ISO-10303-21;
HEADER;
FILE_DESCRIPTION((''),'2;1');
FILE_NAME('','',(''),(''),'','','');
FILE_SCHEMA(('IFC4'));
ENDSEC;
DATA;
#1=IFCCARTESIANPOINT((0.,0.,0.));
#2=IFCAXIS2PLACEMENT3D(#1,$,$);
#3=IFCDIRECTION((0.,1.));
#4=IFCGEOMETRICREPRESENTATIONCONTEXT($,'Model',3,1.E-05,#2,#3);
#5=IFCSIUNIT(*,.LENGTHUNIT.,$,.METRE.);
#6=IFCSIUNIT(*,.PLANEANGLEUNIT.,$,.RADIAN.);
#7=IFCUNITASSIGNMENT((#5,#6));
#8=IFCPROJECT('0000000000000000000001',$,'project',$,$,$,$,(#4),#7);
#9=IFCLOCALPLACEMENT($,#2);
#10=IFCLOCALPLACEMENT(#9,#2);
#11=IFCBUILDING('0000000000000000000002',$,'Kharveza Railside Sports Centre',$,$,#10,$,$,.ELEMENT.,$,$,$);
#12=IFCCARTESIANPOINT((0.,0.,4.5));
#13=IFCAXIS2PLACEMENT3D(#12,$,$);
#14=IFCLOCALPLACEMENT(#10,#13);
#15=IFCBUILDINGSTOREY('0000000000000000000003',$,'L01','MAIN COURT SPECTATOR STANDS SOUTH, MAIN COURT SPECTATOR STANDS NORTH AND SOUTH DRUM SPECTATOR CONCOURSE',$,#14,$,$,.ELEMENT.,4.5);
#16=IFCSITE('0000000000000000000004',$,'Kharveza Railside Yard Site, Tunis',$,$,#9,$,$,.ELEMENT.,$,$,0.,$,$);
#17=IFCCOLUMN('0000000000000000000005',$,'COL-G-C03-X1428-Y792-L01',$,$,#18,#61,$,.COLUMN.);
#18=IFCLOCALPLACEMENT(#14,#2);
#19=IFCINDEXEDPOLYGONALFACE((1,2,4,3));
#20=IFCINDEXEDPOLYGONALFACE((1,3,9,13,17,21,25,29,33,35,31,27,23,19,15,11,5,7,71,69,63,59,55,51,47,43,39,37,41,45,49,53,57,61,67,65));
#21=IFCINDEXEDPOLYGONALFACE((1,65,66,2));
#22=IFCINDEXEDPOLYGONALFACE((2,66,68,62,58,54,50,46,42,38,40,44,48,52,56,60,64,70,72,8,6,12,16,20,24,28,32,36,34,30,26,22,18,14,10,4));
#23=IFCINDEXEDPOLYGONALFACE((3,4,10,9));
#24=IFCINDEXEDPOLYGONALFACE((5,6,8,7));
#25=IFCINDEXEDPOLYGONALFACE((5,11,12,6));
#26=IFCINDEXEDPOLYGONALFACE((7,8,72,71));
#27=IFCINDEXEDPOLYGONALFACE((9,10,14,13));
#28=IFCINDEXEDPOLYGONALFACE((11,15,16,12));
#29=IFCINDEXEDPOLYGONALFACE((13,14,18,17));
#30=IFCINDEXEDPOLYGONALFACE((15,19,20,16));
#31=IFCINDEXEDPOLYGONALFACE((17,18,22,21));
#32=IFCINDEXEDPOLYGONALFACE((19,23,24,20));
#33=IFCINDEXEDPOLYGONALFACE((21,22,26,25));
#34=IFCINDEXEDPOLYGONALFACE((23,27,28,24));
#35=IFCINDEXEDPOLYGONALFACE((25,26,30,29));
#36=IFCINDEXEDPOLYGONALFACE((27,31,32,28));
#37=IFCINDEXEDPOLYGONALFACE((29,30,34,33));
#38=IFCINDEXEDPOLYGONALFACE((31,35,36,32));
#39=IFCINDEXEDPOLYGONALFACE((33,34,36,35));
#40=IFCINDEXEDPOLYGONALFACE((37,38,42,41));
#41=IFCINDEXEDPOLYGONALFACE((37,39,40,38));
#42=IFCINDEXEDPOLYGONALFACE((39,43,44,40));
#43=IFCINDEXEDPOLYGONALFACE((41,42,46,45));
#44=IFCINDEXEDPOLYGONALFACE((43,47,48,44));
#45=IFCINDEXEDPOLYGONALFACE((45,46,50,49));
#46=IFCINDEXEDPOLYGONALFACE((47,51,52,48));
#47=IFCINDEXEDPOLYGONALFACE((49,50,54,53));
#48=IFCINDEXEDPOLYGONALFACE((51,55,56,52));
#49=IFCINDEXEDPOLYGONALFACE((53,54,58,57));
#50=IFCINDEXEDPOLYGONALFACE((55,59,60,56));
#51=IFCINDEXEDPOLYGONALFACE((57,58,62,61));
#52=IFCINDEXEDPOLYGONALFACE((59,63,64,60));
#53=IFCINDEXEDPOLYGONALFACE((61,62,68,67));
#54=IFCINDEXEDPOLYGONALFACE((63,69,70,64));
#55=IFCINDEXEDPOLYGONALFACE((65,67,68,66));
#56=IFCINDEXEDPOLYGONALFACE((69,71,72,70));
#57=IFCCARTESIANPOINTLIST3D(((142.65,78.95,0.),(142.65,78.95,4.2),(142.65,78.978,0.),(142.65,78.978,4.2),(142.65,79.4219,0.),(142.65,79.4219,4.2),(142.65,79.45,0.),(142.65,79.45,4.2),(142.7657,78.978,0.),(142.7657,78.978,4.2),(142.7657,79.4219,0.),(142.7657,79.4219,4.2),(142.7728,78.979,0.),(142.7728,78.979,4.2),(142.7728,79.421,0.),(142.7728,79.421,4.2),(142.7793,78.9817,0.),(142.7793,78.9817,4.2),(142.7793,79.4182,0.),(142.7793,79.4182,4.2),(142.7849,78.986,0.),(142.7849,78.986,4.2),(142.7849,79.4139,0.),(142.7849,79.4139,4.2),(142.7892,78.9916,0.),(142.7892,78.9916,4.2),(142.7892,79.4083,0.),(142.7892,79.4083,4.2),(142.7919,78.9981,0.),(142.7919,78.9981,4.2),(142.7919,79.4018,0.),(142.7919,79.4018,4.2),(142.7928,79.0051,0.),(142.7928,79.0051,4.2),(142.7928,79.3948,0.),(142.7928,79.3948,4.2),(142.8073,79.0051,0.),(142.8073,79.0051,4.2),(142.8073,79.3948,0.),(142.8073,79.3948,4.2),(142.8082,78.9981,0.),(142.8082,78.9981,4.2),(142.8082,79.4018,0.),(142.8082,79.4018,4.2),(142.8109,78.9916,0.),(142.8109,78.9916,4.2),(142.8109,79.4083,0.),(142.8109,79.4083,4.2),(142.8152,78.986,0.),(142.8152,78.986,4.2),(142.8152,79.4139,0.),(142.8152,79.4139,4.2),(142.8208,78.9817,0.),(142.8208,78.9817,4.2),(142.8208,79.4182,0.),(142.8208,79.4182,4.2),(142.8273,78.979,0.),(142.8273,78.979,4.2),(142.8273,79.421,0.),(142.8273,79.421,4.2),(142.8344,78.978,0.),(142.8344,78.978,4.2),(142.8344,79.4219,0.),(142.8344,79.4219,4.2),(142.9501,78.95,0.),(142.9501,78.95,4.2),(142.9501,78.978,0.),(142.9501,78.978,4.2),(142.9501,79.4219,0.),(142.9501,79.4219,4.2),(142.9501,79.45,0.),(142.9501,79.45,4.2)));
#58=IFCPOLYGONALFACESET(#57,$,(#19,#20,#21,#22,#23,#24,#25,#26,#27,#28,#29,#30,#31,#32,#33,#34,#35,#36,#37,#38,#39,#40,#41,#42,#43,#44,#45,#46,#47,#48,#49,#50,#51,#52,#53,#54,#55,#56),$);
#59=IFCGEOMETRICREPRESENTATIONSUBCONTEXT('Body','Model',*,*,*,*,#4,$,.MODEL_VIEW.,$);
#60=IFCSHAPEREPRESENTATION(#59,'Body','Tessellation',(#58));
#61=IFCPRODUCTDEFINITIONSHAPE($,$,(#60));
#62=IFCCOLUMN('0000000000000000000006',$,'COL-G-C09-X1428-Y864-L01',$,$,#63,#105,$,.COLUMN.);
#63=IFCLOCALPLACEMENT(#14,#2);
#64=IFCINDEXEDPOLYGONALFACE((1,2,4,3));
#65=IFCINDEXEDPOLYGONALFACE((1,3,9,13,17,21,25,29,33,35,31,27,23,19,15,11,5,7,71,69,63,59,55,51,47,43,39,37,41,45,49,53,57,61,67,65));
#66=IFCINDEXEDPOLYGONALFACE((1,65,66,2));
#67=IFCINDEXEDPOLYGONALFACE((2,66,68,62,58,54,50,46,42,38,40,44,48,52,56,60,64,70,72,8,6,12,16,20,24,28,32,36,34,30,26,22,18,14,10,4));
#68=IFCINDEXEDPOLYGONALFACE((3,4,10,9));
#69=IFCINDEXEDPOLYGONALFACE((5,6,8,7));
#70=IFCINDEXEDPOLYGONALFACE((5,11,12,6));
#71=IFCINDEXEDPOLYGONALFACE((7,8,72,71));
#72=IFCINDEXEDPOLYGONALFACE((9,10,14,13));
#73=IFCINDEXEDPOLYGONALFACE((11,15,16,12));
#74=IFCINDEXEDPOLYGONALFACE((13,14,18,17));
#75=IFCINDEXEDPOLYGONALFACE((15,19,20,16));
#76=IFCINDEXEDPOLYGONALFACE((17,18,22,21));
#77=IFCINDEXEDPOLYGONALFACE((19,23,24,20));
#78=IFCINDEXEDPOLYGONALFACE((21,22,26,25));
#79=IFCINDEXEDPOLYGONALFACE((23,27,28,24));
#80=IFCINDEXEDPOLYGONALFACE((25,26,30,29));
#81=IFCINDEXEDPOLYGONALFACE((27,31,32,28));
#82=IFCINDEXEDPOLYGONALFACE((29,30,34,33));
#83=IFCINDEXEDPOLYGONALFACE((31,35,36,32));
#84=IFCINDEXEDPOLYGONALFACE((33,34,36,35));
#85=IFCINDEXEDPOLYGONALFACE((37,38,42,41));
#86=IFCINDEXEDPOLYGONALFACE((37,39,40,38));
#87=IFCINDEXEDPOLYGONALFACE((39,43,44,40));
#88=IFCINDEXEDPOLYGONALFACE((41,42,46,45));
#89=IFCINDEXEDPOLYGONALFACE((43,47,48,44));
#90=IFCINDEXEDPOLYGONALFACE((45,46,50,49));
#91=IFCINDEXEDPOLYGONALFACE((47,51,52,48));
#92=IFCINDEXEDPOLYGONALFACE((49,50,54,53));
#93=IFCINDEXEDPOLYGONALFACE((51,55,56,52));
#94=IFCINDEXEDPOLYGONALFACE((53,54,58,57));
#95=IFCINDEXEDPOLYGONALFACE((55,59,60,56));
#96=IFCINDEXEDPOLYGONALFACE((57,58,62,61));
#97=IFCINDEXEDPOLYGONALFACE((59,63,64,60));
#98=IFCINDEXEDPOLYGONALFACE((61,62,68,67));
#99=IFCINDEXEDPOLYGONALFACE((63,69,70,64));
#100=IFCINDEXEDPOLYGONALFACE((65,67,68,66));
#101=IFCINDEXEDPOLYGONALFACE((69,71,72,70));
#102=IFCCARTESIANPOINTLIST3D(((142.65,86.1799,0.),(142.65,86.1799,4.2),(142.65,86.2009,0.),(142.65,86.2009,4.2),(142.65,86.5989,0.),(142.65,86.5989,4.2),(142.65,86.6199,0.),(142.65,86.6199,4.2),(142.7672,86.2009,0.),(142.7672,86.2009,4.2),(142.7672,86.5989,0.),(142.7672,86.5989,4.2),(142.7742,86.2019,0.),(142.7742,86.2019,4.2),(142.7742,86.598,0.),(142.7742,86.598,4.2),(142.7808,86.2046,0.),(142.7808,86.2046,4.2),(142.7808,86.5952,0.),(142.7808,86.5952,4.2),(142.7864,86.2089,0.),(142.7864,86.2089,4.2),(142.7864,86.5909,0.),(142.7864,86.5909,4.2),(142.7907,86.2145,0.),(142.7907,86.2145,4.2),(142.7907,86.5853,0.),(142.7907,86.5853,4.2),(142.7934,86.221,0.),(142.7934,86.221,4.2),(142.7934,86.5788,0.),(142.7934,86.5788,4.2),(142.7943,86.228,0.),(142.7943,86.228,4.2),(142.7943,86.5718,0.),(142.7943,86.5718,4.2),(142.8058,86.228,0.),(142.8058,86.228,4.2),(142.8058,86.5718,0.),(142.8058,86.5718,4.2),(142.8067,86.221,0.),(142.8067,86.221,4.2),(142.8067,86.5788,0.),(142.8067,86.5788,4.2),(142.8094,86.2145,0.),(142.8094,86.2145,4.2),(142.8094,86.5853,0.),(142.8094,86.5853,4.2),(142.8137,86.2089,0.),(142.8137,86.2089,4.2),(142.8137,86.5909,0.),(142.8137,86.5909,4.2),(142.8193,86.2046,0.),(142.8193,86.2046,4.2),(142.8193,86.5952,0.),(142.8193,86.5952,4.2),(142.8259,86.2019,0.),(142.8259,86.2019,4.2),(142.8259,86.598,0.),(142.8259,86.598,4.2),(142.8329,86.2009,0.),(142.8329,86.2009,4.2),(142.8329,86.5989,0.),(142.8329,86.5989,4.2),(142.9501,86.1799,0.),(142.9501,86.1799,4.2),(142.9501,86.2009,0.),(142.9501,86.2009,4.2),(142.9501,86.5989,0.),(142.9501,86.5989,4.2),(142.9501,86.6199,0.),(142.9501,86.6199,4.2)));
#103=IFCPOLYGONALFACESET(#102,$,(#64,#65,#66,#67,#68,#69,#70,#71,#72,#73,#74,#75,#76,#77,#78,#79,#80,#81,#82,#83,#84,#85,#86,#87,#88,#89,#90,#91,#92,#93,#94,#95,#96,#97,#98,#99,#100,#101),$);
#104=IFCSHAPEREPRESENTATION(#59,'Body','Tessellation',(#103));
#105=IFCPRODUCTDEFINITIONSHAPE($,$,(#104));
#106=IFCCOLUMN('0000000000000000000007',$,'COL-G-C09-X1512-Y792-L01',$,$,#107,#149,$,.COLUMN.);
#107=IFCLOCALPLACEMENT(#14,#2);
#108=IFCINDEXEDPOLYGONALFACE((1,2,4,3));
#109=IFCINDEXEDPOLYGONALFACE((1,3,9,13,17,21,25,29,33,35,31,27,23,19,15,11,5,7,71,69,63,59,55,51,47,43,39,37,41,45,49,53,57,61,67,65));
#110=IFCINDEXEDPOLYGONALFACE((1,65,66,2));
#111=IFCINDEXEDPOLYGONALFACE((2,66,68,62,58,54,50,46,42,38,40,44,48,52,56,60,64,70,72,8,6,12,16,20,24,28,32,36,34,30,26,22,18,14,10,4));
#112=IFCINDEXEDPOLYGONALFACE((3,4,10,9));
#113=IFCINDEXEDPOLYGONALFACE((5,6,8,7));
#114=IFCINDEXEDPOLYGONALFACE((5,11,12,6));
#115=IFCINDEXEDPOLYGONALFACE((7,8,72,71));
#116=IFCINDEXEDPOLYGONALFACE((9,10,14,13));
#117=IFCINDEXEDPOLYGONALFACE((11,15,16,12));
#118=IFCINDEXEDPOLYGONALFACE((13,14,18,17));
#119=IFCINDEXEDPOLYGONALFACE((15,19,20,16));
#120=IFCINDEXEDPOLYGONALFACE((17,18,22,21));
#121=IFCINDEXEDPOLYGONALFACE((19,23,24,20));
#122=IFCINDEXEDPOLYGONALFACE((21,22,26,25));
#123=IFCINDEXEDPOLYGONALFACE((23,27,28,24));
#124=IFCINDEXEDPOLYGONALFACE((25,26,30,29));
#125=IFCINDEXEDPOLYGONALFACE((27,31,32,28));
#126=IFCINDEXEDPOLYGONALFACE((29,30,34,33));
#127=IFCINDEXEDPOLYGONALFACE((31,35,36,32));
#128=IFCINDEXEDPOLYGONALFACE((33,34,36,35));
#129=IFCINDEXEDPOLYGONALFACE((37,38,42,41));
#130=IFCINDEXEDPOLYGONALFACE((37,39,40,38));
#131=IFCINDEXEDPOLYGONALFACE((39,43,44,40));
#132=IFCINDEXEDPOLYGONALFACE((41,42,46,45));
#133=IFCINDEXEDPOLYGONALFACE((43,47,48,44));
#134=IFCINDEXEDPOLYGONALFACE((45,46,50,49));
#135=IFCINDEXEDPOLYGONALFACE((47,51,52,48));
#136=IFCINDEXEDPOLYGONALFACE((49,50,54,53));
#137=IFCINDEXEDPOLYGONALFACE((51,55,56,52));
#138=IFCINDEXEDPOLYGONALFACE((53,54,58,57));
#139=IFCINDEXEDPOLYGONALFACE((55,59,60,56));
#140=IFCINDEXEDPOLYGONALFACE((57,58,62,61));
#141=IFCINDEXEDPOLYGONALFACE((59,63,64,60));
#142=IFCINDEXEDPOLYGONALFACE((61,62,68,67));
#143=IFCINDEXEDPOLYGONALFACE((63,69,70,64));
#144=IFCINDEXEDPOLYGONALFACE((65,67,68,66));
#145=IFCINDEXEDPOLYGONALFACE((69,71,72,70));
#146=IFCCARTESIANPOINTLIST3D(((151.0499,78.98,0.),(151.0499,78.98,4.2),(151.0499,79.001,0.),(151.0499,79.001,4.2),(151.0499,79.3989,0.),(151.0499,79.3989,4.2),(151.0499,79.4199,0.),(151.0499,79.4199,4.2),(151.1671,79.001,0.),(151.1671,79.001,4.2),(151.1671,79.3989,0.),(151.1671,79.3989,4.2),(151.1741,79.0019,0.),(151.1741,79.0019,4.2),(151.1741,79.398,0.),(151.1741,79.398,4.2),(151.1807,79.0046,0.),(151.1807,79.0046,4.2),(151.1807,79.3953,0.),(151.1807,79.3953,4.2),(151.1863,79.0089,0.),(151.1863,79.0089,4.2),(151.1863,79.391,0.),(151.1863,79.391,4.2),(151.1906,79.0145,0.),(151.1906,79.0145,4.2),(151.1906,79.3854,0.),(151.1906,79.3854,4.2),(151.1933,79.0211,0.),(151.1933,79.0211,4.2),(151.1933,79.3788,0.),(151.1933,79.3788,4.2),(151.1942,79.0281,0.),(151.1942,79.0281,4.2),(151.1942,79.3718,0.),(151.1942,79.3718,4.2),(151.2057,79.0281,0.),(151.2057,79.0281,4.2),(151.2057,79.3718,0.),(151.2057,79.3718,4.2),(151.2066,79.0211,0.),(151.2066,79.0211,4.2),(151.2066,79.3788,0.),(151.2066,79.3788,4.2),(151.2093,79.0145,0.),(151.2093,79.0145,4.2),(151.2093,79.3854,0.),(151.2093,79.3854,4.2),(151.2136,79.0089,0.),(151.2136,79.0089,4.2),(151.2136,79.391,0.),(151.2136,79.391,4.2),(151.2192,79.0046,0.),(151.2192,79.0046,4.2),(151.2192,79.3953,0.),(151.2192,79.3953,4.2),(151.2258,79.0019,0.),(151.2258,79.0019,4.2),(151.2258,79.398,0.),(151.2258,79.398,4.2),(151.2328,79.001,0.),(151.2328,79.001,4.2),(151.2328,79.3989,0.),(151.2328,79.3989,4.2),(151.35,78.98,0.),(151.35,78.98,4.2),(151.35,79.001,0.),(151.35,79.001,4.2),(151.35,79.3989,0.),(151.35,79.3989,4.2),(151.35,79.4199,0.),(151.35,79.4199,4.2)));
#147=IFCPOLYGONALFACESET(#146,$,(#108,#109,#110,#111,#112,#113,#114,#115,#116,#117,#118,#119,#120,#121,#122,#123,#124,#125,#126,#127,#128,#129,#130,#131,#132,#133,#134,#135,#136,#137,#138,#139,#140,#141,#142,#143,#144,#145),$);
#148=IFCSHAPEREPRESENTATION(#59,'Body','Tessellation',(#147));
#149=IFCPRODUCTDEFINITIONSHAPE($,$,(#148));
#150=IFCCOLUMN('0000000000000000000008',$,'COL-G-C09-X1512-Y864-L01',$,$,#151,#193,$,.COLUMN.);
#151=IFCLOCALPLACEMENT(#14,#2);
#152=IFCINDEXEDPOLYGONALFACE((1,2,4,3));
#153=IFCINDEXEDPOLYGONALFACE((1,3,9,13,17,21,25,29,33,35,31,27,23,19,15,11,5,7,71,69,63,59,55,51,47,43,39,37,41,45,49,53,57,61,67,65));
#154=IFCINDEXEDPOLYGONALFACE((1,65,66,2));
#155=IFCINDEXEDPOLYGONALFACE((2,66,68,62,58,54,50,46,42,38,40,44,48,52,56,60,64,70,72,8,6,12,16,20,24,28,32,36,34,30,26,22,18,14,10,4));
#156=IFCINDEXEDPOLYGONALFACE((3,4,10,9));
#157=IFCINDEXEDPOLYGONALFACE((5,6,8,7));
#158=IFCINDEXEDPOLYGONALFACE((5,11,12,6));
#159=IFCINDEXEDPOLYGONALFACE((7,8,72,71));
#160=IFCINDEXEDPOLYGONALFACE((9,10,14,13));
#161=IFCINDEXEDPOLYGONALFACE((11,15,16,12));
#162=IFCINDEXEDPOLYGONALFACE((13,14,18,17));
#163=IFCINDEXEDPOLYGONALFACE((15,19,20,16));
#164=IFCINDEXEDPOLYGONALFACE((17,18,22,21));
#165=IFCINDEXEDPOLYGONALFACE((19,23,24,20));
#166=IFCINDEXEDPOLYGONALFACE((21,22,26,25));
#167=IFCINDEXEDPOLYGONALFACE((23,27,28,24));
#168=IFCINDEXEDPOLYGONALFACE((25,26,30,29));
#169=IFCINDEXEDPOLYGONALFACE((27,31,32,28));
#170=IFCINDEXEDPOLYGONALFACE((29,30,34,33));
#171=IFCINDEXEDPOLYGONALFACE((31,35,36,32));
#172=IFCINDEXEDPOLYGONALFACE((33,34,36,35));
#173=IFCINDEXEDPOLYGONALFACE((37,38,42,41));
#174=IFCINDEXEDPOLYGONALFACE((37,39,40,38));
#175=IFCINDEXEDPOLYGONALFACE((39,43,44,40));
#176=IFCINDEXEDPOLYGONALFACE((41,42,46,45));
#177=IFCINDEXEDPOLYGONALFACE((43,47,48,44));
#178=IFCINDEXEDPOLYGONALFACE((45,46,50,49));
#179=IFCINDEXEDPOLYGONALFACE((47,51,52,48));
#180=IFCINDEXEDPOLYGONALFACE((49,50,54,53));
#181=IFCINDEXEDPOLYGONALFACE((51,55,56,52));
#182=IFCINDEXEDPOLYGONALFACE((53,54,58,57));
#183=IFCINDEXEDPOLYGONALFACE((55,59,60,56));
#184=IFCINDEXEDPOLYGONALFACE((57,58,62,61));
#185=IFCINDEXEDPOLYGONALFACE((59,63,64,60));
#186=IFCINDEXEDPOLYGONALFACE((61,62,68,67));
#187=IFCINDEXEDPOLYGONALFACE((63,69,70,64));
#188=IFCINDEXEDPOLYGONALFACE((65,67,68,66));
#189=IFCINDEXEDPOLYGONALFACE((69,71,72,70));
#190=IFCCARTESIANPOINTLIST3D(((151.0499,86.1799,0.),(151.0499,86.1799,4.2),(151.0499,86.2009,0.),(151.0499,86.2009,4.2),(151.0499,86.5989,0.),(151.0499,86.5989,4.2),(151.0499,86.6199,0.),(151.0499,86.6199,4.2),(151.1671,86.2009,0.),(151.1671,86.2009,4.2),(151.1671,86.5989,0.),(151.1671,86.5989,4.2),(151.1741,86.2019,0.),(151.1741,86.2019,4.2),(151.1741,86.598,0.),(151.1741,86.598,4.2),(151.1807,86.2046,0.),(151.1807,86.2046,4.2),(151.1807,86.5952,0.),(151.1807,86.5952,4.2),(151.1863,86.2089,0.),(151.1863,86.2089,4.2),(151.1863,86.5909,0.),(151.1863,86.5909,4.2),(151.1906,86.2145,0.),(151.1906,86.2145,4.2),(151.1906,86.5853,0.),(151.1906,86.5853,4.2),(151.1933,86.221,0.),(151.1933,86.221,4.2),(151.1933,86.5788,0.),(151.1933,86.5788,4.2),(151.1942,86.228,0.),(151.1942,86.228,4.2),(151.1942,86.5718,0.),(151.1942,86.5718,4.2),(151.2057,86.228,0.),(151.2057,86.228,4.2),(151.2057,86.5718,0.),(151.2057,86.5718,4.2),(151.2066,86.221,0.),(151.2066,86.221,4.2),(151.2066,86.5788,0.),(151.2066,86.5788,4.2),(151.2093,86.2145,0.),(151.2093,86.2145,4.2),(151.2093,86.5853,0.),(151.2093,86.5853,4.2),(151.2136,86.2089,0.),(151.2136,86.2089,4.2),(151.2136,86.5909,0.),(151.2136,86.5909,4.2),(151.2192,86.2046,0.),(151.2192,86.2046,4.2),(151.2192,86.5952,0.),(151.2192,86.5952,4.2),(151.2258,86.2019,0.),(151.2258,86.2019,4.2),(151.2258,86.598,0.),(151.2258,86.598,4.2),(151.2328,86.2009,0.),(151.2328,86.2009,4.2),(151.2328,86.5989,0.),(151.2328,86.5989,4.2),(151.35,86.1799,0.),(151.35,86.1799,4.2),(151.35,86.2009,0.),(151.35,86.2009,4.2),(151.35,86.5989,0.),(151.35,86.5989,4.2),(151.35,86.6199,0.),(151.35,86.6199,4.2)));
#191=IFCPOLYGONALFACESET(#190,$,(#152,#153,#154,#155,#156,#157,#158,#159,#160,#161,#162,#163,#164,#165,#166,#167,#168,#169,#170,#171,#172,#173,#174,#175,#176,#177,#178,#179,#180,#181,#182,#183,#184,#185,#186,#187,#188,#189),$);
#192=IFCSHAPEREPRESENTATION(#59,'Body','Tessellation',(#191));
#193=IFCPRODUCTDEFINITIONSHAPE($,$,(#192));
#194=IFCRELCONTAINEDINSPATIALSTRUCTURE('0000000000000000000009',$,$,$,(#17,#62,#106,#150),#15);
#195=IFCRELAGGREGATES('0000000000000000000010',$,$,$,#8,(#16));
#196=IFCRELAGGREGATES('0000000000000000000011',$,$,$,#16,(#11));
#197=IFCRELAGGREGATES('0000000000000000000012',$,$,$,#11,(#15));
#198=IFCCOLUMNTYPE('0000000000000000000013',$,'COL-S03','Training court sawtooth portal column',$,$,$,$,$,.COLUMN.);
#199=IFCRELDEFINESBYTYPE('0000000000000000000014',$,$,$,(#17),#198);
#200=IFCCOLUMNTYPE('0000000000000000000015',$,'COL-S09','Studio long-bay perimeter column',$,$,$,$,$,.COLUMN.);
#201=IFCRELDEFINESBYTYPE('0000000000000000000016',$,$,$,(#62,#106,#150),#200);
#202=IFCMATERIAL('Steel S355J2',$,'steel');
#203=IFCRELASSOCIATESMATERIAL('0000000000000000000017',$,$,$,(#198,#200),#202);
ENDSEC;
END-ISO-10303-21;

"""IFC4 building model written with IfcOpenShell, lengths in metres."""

from ifc_helpers import new_model, si_unit, direction, frame, origin, origin_2d, place, context, subcontext, project, spatial, i_section, extrude, material, material_profile, profile_set, type_object, element, save


model = new_model("IFC4")

# Units and contexts
model_context = context("Model", 3, precision=1e-05, world=origin(), true_north=direction((0.0, 1.0)))
body_context = subcontext(model_context, "Body", "Model", "MODEL_VIEW")
ifc_project = project(units=[si_unit("LENGTHUNIT", "METRE"), si_unit("PLANEANGLEUNIT", "RADIAN")], contexts=[model_context])

# Site, building, storey
site_placement = place(None, origin())
site = spatial("IfcSite", under=ifc_project, at=site_placement, Name="Kharveza Railside Yard Site, Tunis", CompositionType="ELEMENT", RefElevation=0.0)
building_placement = place(site_placement, origin())
building = spatial("IfcBuilding", under=site, at=building_placement, Name="Kharveza Railside Sports Centre", CompositionType="ELEMENT")
storey_placement = place(building_placement, frame((0.0, 0.0, 4.5)))
storey = spatial("IfcBuildingStorey", under=building, at=storey_placement, Name="L01", Description="MAIN COURT SPECTATOR STANDS SOUTH, MAIN COURT SPECTATOR STANDS NORTH AND SOUTH DRUM SPECTATOR CONCOURSE", CompositionType="ELEMENT", Elevation=4.5)

# Columns
ifc_material_1 = material(Name="Steel S355J2", Category="steel")
ifc_material_profile_1 = material_profile(ifc_material_1, i_section(OverallWidth=0.3, OverallDepth=0.5, WebThickness=0.0144, FlangeThickness=0.0281, FilletRadius=0.0271, at=origin_2d()), Name="HEB 500")
ifc_profile_set_1 = profile_set([ifc_material_profile_1], Name="Steel S355J2")
column_type_1 = type_object("IfcColumnType", Name="COL-S03", Description="Training court sawtooth portal column", PredefinedType="COLUMN", material=ifc_profile_set_1)
column_placement = place(storey_placement, frame((142.8, 79.2, 0.0), z_axis=(0.0, 0.0, 1.0), x_axis=(1.0, 0.0, 0.0)))
element("IfcColumn", 1, at=column_placement, inside=storey, type_object=column_type_1, Name="COL-G-C03-X1428-Y792-L01", PredefinedType="COLUMN", context=body_context, shape_type="SweptSolid", body=[
    extrude(i_section(OverallWidth=0.3, OverallDepth=0.5, WebThickness=0.0144, FlangeThickness=0.0281, FilletRadius=0.0271, at=origin_2d()), origin(), (0.0, 0.0, 1.0), 4.2),
])
ifc_material_profile_2 = material_profile(ifc_material_1, i_section(OverallWidth=0.3, OverallDepth=0.4399, WebThickness=0.0115, FlangeThickness=0.021, FilletRadius=0.0271, at=origin_2d()), Name="HEA 450")
ifc_profile_set_2 = profile_set([ifc_material_profile_2], Name="Steel S355J2")
column_type_2 = type_object("IfcColumnType", Name="COL-S09", Description="Studio long-bay perimeter column", PredefinedType="COLUMN", material=ifc_profile_set_2)
for number, where, z_axis, x_axis, name in (
    (2, (142.8, 86.3999, 0.0), (0.0, 0.0, 1.0), (1.0, 0.0, 0.0), "COL-G-C09-X1428-Y864-L01"),
    (3, (151.2, 79.2, 0.0), (0.0, 0.0, 1.0), (1.0, 0.0, 0.0), "COL-G-C09-X1512-Y792-L01"),
    (4, (151.2, 86.3999, 0.0), (0.0, 0.0, 1.0), (1.0, 0.0, 0.0), "COL-G-C09-X1512-Y864-L01"),
):
    element("IfcColumn", number, at=place(storey_placement, frame(where, z_axis=z_axis, x_axis=x_axis)), inside=storey, type_object=column_type_2, Name=name, PredefinedType="COLUMN", context=body_context, shape_type="SweptSolid", body=[
        extrude(i_section(OverallWidth=0.3, OverallDepth=0.4399, WebThickness=0.0115, FlangeThickness=0.021, FilletRadius=0.0271, at=origin_2d()), origin(), (0.0, 0.0, 1.0), 4.2),
    ])

save(model, "model.ifc")
